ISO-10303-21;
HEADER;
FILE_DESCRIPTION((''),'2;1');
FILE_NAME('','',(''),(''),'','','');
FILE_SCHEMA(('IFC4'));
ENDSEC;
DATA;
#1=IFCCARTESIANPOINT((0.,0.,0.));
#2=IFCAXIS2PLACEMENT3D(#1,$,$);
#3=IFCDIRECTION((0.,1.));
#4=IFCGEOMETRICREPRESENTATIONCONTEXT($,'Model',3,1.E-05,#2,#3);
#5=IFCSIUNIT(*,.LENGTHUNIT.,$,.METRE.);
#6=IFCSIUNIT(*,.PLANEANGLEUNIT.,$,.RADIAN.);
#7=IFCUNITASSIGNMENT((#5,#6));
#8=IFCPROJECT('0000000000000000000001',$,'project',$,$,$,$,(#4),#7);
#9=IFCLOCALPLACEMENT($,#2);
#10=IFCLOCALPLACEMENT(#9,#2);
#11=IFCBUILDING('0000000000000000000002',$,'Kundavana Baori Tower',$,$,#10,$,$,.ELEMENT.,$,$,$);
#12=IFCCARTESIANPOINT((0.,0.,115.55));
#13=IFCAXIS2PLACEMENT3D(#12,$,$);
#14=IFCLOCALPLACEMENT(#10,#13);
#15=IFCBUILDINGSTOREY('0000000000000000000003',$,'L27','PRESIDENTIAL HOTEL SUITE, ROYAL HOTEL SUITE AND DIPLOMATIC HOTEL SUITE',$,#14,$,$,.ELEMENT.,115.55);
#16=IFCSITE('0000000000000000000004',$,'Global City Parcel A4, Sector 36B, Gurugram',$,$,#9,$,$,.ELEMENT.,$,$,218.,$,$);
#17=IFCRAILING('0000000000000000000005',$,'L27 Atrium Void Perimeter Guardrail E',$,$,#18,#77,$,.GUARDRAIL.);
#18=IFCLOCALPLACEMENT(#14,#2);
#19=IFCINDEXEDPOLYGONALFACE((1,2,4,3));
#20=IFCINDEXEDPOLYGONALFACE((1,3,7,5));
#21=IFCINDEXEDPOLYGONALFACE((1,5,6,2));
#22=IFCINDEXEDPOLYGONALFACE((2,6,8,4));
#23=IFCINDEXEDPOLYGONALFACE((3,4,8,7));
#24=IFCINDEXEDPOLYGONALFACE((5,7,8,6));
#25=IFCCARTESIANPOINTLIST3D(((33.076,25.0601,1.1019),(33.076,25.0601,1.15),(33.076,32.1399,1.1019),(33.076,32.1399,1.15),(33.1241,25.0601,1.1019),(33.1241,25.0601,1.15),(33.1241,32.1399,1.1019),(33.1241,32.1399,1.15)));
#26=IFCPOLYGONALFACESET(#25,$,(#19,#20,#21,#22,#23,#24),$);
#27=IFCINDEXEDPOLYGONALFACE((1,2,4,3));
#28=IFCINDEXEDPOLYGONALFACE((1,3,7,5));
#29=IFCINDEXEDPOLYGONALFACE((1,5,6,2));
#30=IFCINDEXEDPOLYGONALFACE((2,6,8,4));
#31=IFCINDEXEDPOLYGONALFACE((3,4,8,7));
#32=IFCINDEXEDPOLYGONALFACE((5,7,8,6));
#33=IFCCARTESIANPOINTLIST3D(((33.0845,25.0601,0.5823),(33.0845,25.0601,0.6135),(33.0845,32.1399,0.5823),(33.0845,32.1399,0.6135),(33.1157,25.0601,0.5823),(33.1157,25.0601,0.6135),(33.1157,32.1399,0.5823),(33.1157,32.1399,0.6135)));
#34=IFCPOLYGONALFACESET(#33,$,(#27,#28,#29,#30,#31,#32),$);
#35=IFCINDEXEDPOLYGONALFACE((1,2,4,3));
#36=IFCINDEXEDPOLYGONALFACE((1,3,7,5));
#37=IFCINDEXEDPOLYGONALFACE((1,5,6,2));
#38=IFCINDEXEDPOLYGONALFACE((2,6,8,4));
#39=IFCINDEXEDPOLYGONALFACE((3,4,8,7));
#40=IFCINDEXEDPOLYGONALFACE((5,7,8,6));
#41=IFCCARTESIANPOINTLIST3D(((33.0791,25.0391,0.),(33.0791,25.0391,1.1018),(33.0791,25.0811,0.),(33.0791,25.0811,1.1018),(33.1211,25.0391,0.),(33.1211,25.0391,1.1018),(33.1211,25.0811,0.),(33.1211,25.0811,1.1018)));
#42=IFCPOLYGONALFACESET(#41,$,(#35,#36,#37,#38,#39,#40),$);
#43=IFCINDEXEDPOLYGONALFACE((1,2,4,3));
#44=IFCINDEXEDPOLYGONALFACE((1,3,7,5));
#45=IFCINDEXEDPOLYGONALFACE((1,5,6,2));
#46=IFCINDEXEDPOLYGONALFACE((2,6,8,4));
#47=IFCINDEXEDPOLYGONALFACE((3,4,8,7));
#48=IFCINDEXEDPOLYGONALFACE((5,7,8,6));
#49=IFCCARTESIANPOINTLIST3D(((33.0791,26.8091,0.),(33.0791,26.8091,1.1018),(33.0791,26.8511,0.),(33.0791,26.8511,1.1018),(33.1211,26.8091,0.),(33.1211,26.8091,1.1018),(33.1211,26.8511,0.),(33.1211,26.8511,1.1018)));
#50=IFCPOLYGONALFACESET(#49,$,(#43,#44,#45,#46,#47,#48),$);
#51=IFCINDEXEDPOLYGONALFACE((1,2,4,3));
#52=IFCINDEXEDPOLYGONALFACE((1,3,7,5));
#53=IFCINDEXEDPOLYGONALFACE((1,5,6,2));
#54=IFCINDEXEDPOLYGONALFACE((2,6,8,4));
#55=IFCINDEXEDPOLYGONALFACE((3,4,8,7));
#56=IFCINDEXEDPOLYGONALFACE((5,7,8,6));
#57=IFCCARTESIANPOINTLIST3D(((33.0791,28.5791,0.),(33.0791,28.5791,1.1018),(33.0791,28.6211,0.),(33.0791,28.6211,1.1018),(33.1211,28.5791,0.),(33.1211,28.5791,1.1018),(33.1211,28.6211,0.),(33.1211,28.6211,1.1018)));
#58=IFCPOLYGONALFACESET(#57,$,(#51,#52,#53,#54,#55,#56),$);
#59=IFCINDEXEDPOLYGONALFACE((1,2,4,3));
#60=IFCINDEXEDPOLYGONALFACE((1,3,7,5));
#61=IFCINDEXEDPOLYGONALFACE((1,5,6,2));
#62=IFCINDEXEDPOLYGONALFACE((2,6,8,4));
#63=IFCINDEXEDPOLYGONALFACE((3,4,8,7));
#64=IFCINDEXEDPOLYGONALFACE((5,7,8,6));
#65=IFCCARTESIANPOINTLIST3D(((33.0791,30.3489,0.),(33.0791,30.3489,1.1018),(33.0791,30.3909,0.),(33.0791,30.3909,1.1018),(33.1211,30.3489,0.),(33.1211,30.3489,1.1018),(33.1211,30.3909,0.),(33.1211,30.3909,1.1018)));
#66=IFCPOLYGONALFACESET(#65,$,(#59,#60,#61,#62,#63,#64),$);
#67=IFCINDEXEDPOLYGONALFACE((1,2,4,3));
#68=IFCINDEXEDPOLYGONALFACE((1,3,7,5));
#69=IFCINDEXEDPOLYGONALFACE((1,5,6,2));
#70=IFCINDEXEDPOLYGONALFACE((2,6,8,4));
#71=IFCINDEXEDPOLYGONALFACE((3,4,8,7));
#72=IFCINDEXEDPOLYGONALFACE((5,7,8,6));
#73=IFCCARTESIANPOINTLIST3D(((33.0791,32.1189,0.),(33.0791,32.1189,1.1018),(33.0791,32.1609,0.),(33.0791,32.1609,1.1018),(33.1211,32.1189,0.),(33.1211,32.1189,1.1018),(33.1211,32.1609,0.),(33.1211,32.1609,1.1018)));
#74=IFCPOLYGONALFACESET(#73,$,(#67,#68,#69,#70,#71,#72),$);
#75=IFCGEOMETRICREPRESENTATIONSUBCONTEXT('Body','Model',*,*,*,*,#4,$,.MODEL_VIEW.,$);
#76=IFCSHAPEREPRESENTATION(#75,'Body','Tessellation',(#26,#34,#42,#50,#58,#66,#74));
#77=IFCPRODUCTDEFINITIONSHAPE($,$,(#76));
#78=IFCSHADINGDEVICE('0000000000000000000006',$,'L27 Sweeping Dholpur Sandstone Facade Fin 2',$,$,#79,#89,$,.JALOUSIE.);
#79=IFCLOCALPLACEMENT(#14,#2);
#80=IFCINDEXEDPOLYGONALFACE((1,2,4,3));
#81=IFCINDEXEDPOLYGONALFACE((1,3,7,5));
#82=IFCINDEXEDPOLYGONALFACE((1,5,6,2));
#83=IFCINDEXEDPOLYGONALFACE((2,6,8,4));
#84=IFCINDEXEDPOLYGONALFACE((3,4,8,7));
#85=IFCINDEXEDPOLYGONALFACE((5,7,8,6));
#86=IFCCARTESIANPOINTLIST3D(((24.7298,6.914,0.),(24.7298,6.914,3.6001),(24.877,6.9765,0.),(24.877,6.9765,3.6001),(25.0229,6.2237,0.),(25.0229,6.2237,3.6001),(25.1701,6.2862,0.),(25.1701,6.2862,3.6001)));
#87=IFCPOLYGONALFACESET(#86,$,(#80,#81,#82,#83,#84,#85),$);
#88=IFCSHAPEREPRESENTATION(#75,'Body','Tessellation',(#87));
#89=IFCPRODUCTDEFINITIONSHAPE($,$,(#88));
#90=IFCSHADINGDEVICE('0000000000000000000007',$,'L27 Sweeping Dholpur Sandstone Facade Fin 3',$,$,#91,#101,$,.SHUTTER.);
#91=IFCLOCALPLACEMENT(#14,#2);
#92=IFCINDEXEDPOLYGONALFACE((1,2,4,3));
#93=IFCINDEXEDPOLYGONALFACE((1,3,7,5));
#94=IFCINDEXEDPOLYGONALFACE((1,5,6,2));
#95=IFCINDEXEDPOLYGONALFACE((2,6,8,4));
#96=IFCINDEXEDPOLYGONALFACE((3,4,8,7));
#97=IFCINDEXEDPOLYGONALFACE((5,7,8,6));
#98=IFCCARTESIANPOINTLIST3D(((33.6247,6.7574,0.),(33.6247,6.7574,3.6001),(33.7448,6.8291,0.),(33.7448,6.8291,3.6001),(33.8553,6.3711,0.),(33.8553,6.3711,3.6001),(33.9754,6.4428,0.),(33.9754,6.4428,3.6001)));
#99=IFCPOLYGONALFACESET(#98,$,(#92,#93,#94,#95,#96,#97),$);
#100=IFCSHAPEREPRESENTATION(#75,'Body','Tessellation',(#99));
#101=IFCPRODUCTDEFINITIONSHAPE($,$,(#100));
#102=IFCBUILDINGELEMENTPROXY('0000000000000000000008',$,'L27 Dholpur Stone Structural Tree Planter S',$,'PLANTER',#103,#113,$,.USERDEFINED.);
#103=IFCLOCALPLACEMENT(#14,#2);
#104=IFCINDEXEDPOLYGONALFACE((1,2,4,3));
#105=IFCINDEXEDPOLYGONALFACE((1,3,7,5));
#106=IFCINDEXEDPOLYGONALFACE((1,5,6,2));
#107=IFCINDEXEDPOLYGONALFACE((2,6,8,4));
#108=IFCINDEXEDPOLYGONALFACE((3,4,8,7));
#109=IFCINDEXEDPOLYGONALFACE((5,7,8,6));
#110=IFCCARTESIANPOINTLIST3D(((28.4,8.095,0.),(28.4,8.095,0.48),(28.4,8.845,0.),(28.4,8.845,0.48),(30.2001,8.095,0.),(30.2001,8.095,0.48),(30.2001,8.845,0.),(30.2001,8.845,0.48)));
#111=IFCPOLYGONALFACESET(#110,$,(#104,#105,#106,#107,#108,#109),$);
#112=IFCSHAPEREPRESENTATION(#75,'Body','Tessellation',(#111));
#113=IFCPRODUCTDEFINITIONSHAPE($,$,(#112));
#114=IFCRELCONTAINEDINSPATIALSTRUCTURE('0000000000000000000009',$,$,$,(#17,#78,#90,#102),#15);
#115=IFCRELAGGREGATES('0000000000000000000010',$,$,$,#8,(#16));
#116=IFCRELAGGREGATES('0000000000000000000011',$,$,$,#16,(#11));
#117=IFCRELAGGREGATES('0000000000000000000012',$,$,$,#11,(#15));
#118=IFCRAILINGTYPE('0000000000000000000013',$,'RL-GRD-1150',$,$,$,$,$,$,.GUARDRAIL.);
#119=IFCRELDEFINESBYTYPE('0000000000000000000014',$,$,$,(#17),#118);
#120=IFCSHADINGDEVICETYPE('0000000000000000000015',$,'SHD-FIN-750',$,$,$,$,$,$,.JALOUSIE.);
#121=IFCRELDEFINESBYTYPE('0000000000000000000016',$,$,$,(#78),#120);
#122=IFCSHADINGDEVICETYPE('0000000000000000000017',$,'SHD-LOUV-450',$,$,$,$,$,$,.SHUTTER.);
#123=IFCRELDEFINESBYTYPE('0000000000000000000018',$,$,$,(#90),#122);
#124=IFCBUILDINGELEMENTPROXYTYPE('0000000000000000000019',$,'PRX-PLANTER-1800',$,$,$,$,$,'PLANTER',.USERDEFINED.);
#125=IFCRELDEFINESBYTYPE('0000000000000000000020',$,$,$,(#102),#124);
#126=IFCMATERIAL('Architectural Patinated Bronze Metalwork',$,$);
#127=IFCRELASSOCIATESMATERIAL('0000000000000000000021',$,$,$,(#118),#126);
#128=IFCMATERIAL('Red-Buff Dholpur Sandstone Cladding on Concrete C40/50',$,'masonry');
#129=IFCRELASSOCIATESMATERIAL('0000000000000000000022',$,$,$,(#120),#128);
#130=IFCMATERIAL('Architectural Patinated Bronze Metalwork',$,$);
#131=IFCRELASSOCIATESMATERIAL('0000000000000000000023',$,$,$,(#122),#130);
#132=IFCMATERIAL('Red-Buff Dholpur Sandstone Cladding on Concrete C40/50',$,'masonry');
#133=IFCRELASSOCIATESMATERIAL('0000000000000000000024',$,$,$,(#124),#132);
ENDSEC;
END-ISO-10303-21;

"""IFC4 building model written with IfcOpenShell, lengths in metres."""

from ifc_helpers import new_model, si_unit, direction, frame, origin, origin_2d, place, context, subcontext, project, spatial, rectangle, extrude, material, type_object, element, save


model = new_model("IFC4")

# Units and contexts
model_context = context("Model", 3, precision=1e-05, world=origin(), true_north=direction((0.0, 1.0)))
body_context = subcontext(model_context, "Body", "Model", "MODEL_VIEW")
ifc_project = project(units=[si_unit("LENGTHUNIT", "METRE"), si_unit("PLANEANGLEUNIT", "RADIAN")], contexts=[model_context])

# Site, building, storey
site_placement = place(None, origin())
site = spatial("IfcSite", under=ifc_project, at=site_placement, Name="Global City Parcel A4, Sector 36B, Gurugram", CompositionType="ELEMENT", RefElevation=218.0)
building_placement = place(site_placement, origin())
building = spatial("IfcBuilding", under=site, at=building_placement, Name="Kundavana Baori Tower", CompositionType="ELEMENT")
storey_placement = place(building_placement, frame((0.0, 0.0, 115.55)))
storey = spatial("IfcBuildingStorey", under=building, at=storey_placement, Name="L27", Description="PRESIDENTIAL HOTEL SUITE, ROYAL HOTEL SUITE AND DIPLOMATIC HOTEL SUITE", CompositionType="ELEMENT", Elevation=115.55)

# Railing
ifc_material_1 = material(Name="Architectural Patinated Bronze Metalwork")
railing_type = type_object("IfcRailingType", Name="RL-GRD-1150", PredefinedType="GUARDRAIL", material=ifc_material_1)
railing_1_placement = place(storey_placement, frame((33.1001, 25.0601, 0.0)))
element("IfcRailing", 1, at=railing_1_placement, inside=storey, type_object=railing_type, Name="L27 Atrium Void Perimeter Guardrail E", PredefinedType="GUARDRAIL", context=body_context, shape_type="SweptSolid", body=[
    extrude(rectangle(XDim=0.0481, YDim=0.0481, at=origin_2d()), frame((0.0, 0.0, 1.126), z_axis=(0.0, 1.0, 0.0), x_axis=(-1.0, 0.0, 0.0)), (0.0, 0.0, 1.0), 7.0798),
    extrude(rectangle(XDim=0.0312, YDim=0.0312, at=origin_2d()), frame((0.0, 0.0, 0.5979), z_axis=(0.0, 1.0, 0.0), x_axis=(-1.0, 0.0, 0.0)), (0.0, 0.0, 1.0), 7.0798),
    extrude(rectangle(XDim=0.042, YDim=0.042, at=origin_2d()), origin(), (0.0, 0.0, 1.0), 1.1018),
    extrude(rectangle(XDim=0.042, YDim=0.042, at=origin_2d()), frame((0.0, 1.77, 0.0)), (0.0, 0.0, 1.0), 1.1018),
    extrude(rectangle(XDim=0.042, YDim=0.042, at=origin_2d()), frame((0.0, 3.54, 0.0)), (0.0, 0.0, 1.0), 1.1018),
    extrude(rectangle(XDim=0.042, YDim=0.042, at=origin_2d()), frame((0.0, 5.3098, 0.0)), (0.0, 0.0, 1.0), 1.1018),
    extrude(rectangle(XDim=0.042, YDim=0.042, at=origin_2d()), frame((0.0, 7.0798, 0.0)), (0.0, 0.0, 1.0), 1.1018),
])

# Shading devices
ifc_material_2 = material(Name="Red-Buff Dholpur Sandstone Cladding on Concrete C40/50", Category="masonry")
shading_device_type_1 = type_object("IfcShadingDeviceType", Name="SHD-FIN-750", PredefinedType="JALOUSIE", material=ifc_material_2)
shading_device_1_placement = place(storey_placement, frame((24.95, 6.6001, 0.0), z_axis=(0.0, 0.0, 1.0), x_axis=(0.920437, 0.390892, 0.0)))
element("IfcShadingDevice", 2, at=shading_device_1_placement, inside=storey, type_object=shading_device_type_1, Name="L27 Sweeping Dholpur Sandstone Facade Fin 2", PredefinedType="JALOUSIE", context=body_context, shape_type="SweptSolid", body=[
    extrude(rectangle(XDim=0.1599, YDim=0.75, at=origin_2d()), origin(), (0.0, 0.0, 1.0), 3.6001),
])
ifc_material_3 = material(Name="Architectural Patinated Bronze Metalwork")
shading_device_type_2 = type_object("IfcShadingDeviceType", Name="SHD-LOUV-450", PredefinedType="SHUTTER", material=ifc_material_3)
shading_device_2_placement = place(storey_placement, frame((33.8, 6.6001, 0.0), z_axis=(0.0, 0.0, 1.0), x_axis=(0.858602, 0.512642, 0.0)))
element("IfcShadingDevice", 3, at=shading_device_2_placement, inside=storey, type_object=shading_device_type_2, Name="L27 Sweeping Dholpur Sandstone Facade Fin 3", PredefinedType="SHUTTER", context=body_context, shape_type="SweptSolid", body=[
    extrude(rectangle(XDim=0.1399, YDim=0.45, at=origin_2d()), origin(), (0.0, 0.0, 1.0), 3.6001),
])

# Building element proxy
ifc_material_4 = material(Name="Red-Buff Dholpur Sandstone Cladding on Concrete C40/50", Category="masonry")
building_element_proxy_type = type_object("IfcBuildingElementProxyType", Name="PRX-PLANTER-1800", ElementType="PLANTER", PredefinedType="USERDEFINED", material=ifc_material_4)
proxy_placement = place(storey_placement, frame((29.3, 8.47, 0.0), z_axis=(0.0, 0.0, 1.0), x_axis=(1.0, 0.0, 0.0)))
element("IfcBuildingElementProxy", 4, at=proxy_placement, inside=storey, type_object=building_element_proxy_type, Name="L27 Dholpur Stone Structural Tree Planter S", ObjectType="PLANTER", PredefinedType="USERDEFINED", context=body_context, shape_type="SweptSolid", body=[
    extrude(rectangle(XDim=1.8, YDim=0.75, at=origin_2d()), origin(), (0.0, 0.0, 1.0), 0.48),
])

save(model, "model.ifc")
